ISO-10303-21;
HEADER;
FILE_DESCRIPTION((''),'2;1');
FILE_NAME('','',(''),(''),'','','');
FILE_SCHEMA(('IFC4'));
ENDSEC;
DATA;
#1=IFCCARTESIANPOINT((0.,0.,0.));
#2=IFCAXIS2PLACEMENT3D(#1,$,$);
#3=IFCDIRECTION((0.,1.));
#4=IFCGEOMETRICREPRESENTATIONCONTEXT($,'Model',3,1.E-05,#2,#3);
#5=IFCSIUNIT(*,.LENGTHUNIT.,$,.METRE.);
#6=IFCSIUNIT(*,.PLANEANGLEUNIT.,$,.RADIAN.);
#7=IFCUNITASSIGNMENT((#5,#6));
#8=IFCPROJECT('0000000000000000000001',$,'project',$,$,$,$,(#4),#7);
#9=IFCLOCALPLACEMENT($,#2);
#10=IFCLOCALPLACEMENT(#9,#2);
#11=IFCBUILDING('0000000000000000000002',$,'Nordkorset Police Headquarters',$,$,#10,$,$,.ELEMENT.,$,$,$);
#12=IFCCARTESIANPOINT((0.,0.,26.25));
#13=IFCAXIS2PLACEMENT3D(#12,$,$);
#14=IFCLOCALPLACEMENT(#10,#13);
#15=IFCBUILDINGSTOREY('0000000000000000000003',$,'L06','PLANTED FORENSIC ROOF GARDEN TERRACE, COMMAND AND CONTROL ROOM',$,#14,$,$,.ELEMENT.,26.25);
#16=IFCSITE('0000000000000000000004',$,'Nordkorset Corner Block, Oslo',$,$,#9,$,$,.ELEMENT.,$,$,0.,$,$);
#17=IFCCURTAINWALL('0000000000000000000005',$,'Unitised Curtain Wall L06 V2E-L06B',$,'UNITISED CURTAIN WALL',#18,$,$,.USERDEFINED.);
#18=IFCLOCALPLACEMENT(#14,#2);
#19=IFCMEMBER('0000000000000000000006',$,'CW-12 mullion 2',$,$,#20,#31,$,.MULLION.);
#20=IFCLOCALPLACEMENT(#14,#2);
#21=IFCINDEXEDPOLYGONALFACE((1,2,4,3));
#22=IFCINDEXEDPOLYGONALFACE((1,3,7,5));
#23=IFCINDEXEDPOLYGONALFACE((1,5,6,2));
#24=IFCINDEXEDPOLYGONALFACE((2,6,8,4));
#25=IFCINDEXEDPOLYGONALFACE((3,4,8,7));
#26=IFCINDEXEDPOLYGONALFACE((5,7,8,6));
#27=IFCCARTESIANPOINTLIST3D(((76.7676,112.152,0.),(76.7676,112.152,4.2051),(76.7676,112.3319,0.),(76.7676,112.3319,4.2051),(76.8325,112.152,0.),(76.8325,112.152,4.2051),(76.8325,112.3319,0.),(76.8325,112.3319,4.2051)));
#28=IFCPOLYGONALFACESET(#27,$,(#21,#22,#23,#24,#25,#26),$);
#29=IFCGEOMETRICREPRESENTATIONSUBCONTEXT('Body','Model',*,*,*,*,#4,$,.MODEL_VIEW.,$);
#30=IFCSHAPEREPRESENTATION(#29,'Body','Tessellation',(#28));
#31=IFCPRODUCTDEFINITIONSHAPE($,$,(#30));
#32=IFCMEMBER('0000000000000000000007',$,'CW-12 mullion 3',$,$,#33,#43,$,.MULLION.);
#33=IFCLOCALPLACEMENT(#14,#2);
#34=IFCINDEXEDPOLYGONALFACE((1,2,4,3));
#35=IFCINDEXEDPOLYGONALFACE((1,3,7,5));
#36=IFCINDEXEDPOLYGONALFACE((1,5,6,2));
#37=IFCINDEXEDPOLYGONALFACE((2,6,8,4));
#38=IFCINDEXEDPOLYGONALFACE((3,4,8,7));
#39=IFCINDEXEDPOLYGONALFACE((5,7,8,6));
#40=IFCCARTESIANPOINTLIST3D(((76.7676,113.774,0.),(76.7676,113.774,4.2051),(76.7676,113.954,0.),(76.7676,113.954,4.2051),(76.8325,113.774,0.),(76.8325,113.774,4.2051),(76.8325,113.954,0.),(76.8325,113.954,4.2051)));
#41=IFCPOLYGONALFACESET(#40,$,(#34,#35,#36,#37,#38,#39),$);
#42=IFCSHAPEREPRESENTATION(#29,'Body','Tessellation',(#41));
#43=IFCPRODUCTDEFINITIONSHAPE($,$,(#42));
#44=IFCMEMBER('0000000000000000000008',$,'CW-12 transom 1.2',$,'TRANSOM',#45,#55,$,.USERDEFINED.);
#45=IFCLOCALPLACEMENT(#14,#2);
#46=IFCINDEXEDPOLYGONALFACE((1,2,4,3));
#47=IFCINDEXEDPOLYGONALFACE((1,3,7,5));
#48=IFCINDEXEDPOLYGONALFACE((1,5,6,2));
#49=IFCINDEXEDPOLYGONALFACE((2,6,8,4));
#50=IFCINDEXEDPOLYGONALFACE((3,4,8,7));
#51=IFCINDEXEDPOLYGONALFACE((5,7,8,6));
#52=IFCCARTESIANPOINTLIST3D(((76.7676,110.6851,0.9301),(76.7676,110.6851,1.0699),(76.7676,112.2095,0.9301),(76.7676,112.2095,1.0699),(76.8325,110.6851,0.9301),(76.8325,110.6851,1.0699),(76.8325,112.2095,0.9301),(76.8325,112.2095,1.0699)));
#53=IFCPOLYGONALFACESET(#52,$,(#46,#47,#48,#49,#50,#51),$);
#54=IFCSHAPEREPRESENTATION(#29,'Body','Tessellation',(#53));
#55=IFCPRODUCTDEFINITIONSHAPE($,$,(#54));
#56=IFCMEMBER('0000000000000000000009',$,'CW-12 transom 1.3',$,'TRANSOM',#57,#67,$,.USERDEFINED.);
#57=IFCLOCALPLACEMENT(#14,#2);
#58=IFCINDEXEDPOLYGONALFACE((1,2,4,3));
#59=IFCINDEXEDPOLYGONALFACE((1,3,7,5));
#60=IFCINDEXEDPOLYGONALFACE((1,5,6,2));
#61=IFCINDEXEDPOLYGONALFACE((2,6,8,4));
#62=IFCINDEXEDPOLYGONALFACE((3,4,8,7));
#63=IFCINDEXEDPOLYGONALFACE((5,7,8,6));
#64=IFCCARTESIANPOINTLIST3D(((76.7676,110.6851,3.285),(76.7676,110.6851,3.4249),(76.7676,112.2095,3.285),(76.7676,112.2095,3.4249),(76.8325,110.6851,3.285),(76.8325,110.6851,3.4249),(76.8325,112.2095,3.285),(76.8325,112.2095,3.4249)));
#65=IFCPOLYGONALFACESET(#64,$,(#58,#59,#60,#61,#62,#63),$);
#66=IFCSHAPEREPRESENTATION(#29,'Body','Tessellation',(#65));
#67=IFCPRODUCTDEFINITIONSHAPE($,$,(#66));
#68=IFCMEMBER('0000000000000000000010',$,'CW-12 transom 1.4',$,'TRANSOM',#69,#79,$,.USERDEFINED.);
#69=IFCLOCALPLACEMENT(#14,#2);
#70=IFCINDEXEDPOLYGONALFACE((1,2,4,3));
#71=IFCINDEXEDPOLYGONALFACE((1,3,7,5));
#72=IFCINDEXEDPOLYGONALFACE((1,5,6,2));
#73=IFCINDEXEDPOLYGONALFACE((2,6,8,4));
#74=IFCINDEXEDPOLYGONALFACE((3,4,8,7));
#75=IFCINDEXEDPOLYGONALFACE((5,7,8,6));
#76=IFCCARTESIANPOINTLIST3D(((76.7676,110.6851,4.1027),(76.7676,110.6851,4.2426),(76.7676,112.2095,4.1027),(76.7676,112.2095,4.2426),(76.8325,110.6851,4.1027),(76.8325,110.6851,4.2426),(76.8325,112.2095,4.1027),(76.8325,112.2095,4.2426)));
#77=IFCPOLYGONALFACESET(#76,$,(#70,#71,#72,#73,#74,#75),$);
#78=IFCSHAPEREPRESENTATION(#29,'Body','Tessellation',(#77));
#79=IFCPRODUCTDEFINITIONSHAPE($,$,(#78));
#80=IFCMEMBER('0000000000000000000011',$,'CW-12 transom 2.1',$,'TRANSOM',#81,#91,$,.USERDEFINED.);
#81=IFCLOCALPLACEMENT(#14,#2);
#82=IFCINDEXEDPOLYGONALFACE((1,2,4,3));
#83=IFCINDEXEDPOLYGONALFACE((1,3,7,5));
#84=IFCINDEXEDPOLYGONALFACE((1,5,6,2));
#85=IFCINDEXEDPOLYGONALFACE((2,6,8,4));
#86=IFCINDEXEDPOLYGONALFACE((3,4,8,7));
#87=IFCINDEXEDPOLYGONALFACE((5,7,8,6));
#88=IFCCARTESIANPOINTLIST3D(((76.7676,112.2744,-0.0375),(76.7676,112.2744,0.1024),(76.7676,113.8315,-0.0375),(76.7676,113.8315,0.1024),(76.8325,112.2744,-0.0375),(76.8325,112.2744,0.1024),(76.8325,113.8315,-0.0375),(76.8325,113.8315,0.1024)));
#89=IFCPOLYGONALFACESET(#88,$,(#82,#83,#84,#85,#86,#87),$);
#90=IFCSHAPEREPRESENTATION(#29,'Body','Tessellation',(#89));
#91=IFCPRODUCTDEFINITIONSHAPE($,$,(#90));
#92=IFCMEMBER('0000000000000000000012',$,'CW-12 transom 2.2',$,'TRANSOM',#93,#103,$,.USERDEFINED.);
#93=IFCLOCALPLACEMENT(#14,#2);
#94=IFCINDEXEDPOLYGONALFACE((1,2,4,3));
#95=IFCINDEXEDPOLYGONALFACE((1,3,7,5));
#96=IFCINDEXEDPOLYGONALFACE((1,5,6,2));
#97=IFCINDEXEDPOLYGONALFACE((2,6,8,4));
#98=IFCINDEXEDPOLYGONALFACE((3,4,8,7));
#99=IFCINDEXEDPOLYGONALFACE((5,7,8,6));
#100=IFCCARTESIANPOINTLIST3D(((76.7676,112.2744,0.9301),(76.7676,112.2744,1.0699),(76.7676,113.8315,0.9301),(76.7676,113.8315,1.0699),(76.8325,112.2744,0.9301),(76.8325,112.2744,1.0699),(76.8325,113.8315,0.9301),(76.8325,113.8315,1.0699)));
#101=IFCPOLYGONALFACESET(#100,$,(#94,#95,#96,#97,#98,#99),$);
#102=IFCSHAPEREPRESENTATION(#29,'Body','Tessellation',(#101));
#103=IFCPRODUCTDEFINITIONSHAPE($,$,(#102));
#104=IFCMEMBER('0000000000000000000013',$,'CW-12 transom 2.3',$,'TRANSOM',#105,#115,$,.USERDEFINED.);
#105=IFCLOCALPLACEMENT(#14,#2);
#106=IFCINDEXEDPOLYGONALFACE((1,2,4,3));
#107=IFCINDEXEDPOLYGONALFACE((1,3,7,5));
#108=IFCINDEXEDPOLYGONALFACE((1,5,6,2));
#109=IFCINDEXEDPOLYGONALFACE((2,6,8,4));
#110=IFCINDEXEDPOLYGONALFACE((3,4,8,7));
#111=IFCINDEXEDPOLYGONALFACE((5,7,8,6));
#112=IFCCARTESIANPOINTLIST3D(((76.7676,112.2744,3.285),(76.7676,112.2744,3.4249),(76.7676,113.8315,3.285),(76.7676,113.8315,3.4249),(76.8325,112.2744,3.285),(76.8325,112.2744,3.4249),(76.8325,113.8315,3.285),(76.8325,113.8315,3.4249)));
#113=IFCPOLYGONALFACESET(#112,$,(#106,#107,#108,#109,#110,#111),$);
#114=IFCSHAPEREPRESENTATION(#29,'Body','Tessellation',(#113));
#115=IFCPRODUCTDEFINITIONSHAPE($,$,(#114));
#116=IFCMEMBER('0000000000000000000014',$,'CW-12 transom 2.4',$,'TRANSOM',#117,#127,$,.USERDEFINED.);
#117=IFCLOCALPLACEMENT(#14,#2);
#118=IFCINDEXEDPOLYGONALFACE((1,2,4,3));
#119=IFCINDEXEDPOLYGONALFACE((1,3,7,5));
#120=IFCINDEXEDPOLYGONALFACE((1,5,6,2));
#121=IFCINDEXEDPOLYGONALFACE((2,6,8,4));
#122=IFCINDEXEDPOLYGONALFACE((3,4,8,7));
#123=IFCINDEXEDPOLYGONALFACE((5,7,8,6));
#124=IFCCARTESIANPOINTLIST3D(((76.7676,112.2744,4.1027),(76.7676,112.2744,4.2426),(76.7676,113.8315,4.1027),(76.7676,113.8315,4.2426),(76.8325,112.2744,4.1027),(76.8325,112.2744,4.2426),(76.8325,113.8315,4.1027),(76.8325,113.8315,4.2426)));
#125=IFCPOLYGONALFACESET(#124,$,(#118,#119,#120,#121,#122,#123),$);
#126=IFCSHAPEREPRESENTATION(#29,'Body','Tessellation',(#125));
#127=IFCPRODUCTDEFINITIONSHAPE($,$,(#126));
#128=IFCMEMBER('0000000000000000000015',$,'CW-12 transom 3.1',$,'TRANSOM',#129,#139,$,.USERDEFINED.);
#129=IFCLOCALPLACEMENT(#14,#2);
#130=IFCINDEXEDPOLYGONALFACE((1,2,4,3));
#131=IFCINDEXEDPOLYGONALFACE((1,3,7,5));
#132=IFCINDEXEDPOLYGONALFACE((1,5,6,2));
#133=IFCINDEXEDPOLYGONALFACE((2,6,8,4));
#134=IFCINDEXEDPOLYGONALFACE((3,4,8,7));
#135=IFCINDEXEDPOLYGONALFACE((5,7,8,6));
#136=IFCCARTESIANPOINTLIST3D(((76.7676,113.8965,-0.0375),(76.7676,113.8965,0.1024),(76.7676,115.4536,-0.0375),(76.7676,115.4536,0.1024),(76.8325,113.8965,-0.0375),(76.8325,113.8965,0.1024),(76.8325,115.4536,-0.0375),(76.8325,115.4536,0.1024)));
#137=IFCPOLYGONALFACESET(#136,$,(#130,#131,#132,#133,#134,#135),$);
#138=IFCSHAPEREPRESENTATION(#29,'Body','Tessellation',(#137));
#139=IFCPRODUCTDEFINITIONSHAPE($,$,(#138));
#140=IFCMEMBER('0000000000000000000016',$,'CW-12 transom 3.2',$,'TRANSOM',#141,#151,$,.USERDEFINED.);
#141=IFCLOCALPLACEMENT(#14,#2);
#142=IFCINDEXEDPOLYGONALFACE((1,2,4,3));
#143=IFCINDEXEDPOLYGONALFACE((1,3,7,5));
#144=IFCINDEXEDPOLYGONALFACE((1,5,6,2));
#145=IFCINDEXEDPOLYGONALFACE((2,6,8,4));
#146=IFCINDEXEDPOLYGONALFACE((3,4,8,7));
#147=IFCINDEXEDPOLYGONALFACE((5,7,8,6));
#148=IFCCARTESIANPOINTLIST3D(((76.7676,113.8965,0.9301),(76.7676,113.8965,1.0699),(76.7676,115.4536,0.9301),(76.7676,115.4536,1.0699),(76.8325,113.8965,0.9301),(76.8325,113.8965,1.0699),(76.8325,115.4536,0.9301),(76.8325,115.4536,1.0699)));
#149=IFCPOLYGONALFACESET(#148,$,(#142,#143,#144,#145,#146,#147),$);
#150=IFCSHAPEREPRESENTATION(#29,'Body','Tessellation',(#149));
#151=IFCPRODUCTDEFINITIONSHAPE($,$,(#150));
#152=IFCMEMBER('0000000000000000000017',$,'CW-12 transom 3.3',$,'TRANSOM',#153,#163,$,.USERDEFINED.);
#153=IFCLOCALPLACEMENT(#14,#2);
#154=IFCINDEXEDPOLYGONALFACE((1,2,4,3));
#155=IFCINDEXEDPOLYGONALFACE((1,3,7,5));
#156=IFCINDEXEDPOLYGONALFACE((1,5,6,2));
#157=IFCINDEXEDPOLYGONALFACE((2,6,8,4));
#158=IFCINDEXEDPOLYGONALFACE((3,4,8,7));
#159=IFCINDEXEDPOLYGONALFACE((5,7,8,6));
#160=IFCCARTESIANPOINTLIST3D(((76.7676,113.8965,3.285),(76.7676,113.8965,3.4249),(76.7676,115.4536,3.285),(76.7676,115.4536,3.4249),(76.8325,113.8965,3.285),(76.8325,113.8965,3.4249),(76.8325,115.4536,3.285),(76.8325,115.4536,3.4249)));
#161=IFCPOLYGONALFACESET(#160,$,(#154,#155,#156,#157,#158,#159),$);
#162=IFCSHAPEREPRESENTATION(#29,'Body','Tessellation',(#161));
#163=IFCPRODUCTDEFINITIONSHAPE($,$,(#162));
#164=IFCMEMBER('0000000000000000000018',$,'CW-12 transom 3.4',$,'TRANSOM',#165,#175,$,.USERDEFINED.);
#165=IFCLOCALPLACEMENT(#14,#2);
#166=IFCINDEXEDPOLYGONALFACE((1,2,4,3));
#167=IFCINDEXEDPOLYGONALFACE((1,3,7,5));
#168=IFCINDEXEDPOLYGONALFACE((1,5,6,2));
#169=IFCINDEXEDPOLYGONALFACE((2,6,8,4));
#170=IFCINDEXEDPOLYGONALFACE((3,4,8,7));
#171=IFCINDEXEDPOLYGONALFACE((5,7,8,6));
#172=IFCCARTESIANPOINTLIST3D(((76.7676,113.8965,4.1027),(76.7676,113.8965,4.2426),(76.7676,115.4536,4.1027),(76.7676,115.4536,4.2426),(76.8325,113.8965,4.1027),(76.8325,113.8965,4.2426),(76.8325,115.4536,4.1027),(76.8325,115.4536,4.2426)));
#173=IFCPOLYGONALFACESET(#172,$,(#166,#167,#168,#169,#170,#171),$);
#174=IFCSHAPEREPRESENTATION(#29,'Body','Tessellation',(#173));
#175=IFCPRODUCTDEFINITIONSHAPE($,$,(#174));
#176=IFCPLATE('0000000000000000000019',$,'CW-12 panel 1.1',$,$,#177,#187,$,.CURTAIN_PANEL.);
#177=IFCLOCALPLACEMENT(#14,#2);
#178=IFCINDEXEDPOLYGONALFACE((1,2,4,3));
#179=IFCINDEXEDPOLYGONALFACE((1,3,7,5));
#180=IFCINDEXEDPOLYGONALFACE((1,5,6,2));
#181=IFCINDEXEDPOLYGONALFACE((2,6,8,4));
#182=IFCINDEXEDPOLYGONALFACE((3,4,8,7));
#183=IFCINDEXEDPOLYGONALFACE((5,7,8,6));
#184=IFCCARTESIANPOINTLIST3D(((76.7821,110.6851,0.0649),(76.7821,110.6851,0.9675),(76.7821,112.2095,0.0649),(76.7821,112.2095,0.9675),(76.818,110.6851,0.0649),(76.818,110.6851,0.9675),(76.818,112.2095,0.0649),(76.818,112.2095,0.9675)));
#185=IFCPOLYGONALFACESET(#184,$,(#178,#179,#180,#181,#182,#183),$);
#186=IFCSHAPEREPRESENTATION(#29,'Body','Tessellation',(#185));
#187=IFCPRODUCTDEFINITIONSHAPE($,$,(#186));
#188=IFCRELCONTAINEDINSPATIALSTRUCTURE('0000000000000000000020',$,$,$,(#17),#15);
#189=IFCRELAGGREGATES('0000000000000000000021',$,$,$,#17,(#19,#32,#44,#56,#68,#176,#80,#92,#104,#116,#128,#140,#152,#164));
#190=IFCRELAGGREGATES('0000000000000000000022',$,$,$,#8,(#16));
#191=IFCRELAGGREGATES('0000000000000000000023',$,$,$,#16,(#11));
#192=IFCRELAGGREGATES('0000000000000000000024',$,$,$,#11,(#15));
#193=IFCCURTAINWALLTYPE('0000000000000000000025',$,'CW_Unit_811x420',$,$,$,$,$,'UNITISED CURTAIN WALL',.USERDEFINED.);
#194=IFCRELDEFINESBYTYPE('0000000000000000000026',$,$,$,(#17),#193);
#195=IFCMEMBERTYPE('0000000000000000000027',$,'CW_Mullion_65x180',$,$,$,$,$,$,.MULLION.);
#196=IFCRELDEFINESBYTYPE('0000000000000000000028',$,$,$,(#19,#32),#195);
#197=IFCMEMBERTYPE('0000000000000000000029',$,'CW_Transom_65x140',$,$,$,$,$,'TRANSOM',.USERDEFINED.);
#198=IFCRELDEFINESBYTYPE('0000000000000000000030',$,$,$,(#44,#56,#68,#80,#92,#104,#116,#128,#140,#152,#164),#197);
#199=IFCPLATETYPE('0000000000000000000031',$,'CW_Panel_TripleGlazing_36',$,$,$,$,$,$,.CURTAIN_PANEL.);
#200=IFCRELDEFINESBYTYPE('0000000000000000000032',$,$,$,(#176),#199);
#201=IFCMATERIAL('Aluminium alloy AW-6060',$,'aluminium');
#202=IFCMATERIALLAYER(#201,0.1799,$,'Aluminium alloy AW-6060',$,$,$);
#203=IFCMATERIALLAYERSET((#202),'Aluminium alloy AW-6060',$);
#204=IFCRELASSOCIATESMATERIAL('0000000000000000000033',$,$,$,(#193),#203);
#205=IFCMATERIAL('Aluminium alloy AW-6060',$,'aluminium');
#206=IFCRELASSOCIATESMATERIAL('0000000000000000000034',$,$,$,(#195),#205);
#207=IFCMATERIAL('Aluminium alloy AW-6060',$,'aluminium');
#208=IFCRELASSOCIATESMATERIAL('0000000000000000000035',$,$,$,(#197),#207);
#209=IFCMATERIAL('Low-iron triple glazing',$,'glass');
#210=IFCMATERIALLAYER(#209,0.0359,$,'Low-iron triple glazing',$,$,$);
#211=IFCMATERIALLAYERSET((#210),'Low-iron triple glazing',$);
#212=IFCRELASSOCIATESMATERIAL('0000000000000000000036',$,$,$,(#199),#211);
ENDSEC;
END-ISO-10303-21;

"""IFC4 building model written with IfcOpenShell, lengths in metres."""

from ifc_helpers import new_model, si_unit, direction, frame, origin, origin_2d, place, context, subcontext, project, spatial, rectangle, extrude, material, layer, layer_set, material_profile, profile_set, type_object, element, aggregate, save


model = new_model("IFC4")

# Units and contexts
model_context = context("Model", 3, precision=1e-05, world=origin(), true_north=direction((0.0, 1.0)))
body_context = subcontext(model_context, "Body", "Model", "MODEL_VIEW")
ifc_project = project(units=[si_unit("LENGTHUNIT", "METRE"), si_unit("PLANEANGLEUNIT", "RADIAN")], contexts=[model_context])

# Site, building, storey
site_placement = place(None, origin())
site = spatial("IfcSite", under=ifc_project, at=site_placement, Name="Nordkorset Corner Block, Oslo", CompositionType="ELEMENT", RefElevation=0.0)
building_placement = place(site_placement, origin())
building = spatial("IfcBuilding", under=site, at=building_placement, Name="Nordkorset Police Headquarters", CompositionType="ELEMENT")
storey_placement = place(building_placement, frame((0.0, 0.0, 26.25)))
storey = spatial("IfcBuildingStorey", under=building, at=storey_placement, Name="L06", Description="PLANTED FORENSIC ROOF GARDEN TERRACE, COMMAND AND CONTROL ROOM", CompositionType="ELEMENT", Elevation=26.25)

# Curtain wall, members, plate
ifc_material_1 = material(Name="Aluminium alloy AW-6060", Category="aluminium")
ifc_layer_1 = layer(ifc_material_1, 0.1799, Name="Aluminium alloy AW-6060")
ifc_layer_set_1 = layer_set([ifc_layer_1], Name="Aluminium alloy AW-6060")
curtain_wall_type = type_object("IfcCurtainWallType", Name="CW_Unit_811x420", ElementType="UNITISED CURTAIN WALL", PredefinedType="USERDEFINED", material=ifc_layer_set_1)
curtain_wall_placement = place(storey_placement, origin())
curtain_wall = element("IfcCurtainWall", 1, at=curtain_wall_placement, inside=storey, type_object=curtain_wall_type, Name="Unitised Curtain Wall L06 V2E-L06B", ObjectType="UNITISED CURTAIN WALL", PredefinedType="USERDEFINED")
ifc_material_2 = material(Name="Aluminium alloy AW-6060", Category="aluminium")
ifc_material_profile_1 = material_profile(ifc_material_2, rectangle(XDim=0.0649, YDim=0.1799, at=origin_2d()), Name="ALU MULL 65x180")
ifc_profile_set_1 = profile_set([ifc_material_profile_1], Name="Aluminium alloy AW-6060")
member_type_1 = type_object("IfcMemberType", Name="CW_Mullion_65x180", PredefinedType="MULLION", material=ifc_profile_set_1)
member_1_placement = place(storey_placement, frame((76.8, 112.2419, 0.0), z_axis=(0.0, 0.0, 1.0), x_axis=(-1.0, 0.0, 0.0)))
member_1 = element("IfcMember", 2, at=member_1_placement, type_object=member_type_1, Name="CW-12 mullion 2", PredefinedType="MULLION", context=body_context, shape_type="SweptSolid", body=[
    extrude(rectangle(XDim=0.0649, YDim=0.1799, at=origin_2d()), origin(), (0.0, 0.0, 1.0), 4.2051),
])
member_2_placement = place(storey_placement, frame((76.8, 113.864, 0.0), z_axis=(0.0, 0.0, 1.0), x_axis=(-1.0, 0.0, 0.0)))
member_2 = element("IfcMember", 3, at=member_2_placement, type_object=member_type_1, Name="CW-12 mullion 3", PredefinedType="MULLION", context=body_context, shape_type="SweptSolid", body=[
    extrude(rectangle(XDim=0.0649, YDim=0.1799, at=origin_2d()), origin(), (0.0, 0.0, 1.0), 4.2051),
])
ifc_material_3 = material(Name="Aluminium alloy AW-6060", Category="aluminium")
ifc_material_profile_2 = material_profile(ifc_material_3, rectangle(XDim=0.0649, YDim=0.1399, at=origin_2d()), Name="ALU TRAN 65x140")
ifc_profile_set_2 = profile_set([ifc_material_profile_2], Name="Aluminium alloy AW-6060")
member_type_2 = type_object("IfcMemberType", Name="CW_Transom_65x140", ElementType="TRANSOM", PredefinedType="USERDEFINED", material=ifc_profile_set_2)
member_3_placement = place(storey_placement, frame((76.8, 110.6851, 1.0), z_axis=(0.0, 1.0, 0.0), x_axis=(-1.0, 0.0, 0.0)))
member_3 = element("IfcMember", 4, at=member_3_placement, type_object=member_type_2, Name="CW-12 transom 1.2", ObjectType="TRANSOM", PredefinedType="USERDEFINED", context=body_context, shape_type="SweptSolid", body=[
    extrude(rectangle(XDim=0.0649, YDim=0.1399, at=origin_2d()), origin(), (0.0, 0.0, 1.0), 1.5244),
])
member_4_placement = place(storey_placement, frame((76.8, 110.6851, 3.355), z_axis=(0.0, 1.0, 0.0), x_axis=(-1.0, 0.0, 0.0)))
member_4 = element("IfcMember", 5, at=member_4_placement, type_object=member_type_2, Name="CW-12 transom 1.3", ObjectType="TRANSOM", PredefinedType="USERDEFINED", context=body_context, shape_type="SweptSolid", body=[
    extrude(rectangle(XDim=0.0649, YDim=0.1399, at=origin_2d()), origin(), (0.0, 0.0, 1.0), 1.5244),
])
member_5_placement = place(storey_placement, frame((76.8, 110.6851, 4.1726), z_axis=(0.0, 1.0, 0.0), x_axis=(-1.0, 0.0, 0.0)))
member_5 = element("IfcMember", 6, at=member_5_placement, type_object=member_type_2, Name="CW-12 transom 1.4", ObjectType="TRANSOM", PredefinedType="USERDEFINED", context=body_context, shape_type="SweptSolid", body=[
    extrude(rectangle(XDim=0.0649, YDim=0.1399, at=origin_2d()), origin(), (0.0, 0.0, 1.0), 1.5244),
])
member_6_placement = place(storey_placement, frame((76.8, 112.2744, 0.0325), z_axis=(0.0, 1.0, 0.0), x_axis=(-1.0, 0.0, 0.0)))
member_6 = element("IfcMember", 7, at=member_6_placement, type_object=member_type_2, Name="CW-12 transom 2.1", ObjectType="TRANSOM", PredefinedType="USERDEFINED", context=body_context, shape_type="SweptSolid", body=[
    extrude(rectangle(XDim=0.0649, YDim=0.1399, at=origin_2d()), origin(), (0.0, 0.0, 1.0), 1.5571),
])
member_7_placement = place(storey_placement, frame((76.8, 112.2744, 1.0), z_axis=(0.0, 1.0, 0.0), x_axis=(-1.0, 0.0, 0.0)))
member_7 = element("IfcMember", 8, at=member_7_placement, type_object=member_type_2, Name="CW-12 transom 2.2", ObjectType="TRANSOM", PredefinedType="USERDEFINED", context=body_context, shape_type="SweptSolid", body=[
    extrude(rectangle(XDim=0.0649, YDim=0.1399, at=origin_2d()), origin(), (0.0, 0.0, 1.0), 1.5571),
])
member_8_placement = place(storey_placement, frame((76.8, 112.2744, 3.355), z_axis=(0.0, 1.0, 0.0), x_axis=(-1.0, 0.0, 0.0)))
member_8 = element("IfcMember", 9, at=member_8_placement, type_object=member_type_2, Name="CW-12 transom 2.3", ObjectType="TRANSOM", PredefinedType="USERDEFINED", context=body_context, shape_type="SweptSolid", body=[
    extrude(rectangle(XDim=0.0649, YDim=0.1399, at=origin_2d()), origin(), (0.0, 0.0, 1.0), 1.5571),
])
member_9_placement = place(storey_placement, frame((76.8, 112.2744, 4.1726), z_axis=(0.0, 1.0, 0.0), x_axis=(-1.0, 0.0, 0.0)))
member_9 = element("IfcMember", 10, at=member_9_placement, type_object=member_type_2, Name="CW-12 transom 2.4", ObjectType="TRANSOM", PredefinedType="USERDEFINED", context=body_context, shape_type="SweptSolid", body=[
    extrude(rectangle(XDim=0.0649, YDim=0.1399, at=origin_2d()), origin(), (0.0, 0.0, 1.0), 1.5571),
])
member_10_placement = place(storey_placement, frame((76.8, 113.8965, 0.0325), z_axis=(0.0, 1.0, 0.0), x_axis=(-1.0, 0.0, 0.0)))
member_10 = element("IfcMember", 11, at=member_10_placement, type_object=member_type_2, Name="CW-12 transom 3.1", ObjectType="TRANSOM", PredefinedType="USERDEFINED", context=body_context, shape_type="SweptSolid", body=[
    extrude(rectangle(XDim=0.0649, YDim=0.1399, at=origin_2d()), origin(), (0.0, 0.0, 1.0), 1.5571),
])
member_11_placement = place(storey_placement, frame((76.8, 113.8965, 1.0), z_axis=(0.0, 1.0, 0.0), x_axis=(-1.0, 0.0, 0.0)))
member_11 = element("IfcMember", 12, at=member_11_placement, type_object=member_type_2, Name="CW-12 transom 3.2", ObjectType="TRANSOM", PredefinedType="USERDEFINED", context=body_context, shape_type="SweptSolid", body=[
    extrude(rectangle(XDim=0.0649, YDim=0.1399, at=origin_2d()), origin(), (0.0, 0.0, 1.0), 1.5571),
])
member_12_placement = place(storey_placement, frame((76.8, 113.8965, 3.355), z_axis=(0.0, 1.0, 0.0), x_axis=(-1.0, 0.0, 0.0)))
member_12 = element("IfcMember", 13, at=member_12_placement, type_object=member_type_2, Name="CW-12 transom 3.3", ObjectType="TRANSOM", PredefinedType="USERDEFINED", context=body_context, shape_type="SweptSolid", body=[
    extrude(rectangle(XDim=0.0649, YDim=0.1399, at=origin_2d()), origin(), (0.0, 0.0, 1.0), 1.5571),
])
member_13_placement = place(storey_placement, frame((76.8, 113.8965, 4.1726), z_axis=(0.0, 1.0, 0.0), x_axis=(-1.0, 0.0, 0.0)))
member_13 = element("IfcMember", 14, at=member_13_placement, type_object=member_type_2, Name="CW-12 transom 3.4", ObjectType="TRANSOM", PredefinedType="USERDEFINED", context=body_context, shape_type="SweptSolid", body=[
    extrude(rectangle(XDim=0.0649, YDim=0.1399, at=origin_2d()), origin(), (0.0, 0.0, 1.0), 1.5571),
])
ifc_material_4 = material(Name="Low-iron triple glazing", Category="glass")
ifc_layer_2 = layer(ifc_material_4, 0.0359, Name="Low-iron triple glazing")
ifc_layer_set_2 = layer_set([ifc_layer_2], Name="Low-iron triple glazing")
plate_type = type_object("IfcPlateType", Name="CW_Panel_TripleGlazing_36", PredefinedType="CURTAIN_PANEL", material=ifc_layer_set_2)
plate_1_placement = place(storey_placement, frame((76.8, 111.4473, 0.0649), z_axis=(0.0, 0.0, 1.0), x_axis=(0.0, 1.0, 0.0)))
plate_1 = element("IfcPlate", 15, at=plate_1_placement, type_object=plate_type, Name="CW-12 panel 1.1", PredefinedType="CURTAIN_PANEL", context=body_context, shape_type="SweptSolid", body=[
    extrude(rectangle(XDim=1.5244, YDim=0.0359, at=origin_2d()), origin(), (0.0, 0.0, 1.0), 0.9026),
])
aggregate(curtain_wall, [member_1, member_2, member_3, member_4, member_5, plate_1, member_6, member_7, member_8, member_9, member_10, member_11, member_12, member_13])

save(model, "model.ifc")
